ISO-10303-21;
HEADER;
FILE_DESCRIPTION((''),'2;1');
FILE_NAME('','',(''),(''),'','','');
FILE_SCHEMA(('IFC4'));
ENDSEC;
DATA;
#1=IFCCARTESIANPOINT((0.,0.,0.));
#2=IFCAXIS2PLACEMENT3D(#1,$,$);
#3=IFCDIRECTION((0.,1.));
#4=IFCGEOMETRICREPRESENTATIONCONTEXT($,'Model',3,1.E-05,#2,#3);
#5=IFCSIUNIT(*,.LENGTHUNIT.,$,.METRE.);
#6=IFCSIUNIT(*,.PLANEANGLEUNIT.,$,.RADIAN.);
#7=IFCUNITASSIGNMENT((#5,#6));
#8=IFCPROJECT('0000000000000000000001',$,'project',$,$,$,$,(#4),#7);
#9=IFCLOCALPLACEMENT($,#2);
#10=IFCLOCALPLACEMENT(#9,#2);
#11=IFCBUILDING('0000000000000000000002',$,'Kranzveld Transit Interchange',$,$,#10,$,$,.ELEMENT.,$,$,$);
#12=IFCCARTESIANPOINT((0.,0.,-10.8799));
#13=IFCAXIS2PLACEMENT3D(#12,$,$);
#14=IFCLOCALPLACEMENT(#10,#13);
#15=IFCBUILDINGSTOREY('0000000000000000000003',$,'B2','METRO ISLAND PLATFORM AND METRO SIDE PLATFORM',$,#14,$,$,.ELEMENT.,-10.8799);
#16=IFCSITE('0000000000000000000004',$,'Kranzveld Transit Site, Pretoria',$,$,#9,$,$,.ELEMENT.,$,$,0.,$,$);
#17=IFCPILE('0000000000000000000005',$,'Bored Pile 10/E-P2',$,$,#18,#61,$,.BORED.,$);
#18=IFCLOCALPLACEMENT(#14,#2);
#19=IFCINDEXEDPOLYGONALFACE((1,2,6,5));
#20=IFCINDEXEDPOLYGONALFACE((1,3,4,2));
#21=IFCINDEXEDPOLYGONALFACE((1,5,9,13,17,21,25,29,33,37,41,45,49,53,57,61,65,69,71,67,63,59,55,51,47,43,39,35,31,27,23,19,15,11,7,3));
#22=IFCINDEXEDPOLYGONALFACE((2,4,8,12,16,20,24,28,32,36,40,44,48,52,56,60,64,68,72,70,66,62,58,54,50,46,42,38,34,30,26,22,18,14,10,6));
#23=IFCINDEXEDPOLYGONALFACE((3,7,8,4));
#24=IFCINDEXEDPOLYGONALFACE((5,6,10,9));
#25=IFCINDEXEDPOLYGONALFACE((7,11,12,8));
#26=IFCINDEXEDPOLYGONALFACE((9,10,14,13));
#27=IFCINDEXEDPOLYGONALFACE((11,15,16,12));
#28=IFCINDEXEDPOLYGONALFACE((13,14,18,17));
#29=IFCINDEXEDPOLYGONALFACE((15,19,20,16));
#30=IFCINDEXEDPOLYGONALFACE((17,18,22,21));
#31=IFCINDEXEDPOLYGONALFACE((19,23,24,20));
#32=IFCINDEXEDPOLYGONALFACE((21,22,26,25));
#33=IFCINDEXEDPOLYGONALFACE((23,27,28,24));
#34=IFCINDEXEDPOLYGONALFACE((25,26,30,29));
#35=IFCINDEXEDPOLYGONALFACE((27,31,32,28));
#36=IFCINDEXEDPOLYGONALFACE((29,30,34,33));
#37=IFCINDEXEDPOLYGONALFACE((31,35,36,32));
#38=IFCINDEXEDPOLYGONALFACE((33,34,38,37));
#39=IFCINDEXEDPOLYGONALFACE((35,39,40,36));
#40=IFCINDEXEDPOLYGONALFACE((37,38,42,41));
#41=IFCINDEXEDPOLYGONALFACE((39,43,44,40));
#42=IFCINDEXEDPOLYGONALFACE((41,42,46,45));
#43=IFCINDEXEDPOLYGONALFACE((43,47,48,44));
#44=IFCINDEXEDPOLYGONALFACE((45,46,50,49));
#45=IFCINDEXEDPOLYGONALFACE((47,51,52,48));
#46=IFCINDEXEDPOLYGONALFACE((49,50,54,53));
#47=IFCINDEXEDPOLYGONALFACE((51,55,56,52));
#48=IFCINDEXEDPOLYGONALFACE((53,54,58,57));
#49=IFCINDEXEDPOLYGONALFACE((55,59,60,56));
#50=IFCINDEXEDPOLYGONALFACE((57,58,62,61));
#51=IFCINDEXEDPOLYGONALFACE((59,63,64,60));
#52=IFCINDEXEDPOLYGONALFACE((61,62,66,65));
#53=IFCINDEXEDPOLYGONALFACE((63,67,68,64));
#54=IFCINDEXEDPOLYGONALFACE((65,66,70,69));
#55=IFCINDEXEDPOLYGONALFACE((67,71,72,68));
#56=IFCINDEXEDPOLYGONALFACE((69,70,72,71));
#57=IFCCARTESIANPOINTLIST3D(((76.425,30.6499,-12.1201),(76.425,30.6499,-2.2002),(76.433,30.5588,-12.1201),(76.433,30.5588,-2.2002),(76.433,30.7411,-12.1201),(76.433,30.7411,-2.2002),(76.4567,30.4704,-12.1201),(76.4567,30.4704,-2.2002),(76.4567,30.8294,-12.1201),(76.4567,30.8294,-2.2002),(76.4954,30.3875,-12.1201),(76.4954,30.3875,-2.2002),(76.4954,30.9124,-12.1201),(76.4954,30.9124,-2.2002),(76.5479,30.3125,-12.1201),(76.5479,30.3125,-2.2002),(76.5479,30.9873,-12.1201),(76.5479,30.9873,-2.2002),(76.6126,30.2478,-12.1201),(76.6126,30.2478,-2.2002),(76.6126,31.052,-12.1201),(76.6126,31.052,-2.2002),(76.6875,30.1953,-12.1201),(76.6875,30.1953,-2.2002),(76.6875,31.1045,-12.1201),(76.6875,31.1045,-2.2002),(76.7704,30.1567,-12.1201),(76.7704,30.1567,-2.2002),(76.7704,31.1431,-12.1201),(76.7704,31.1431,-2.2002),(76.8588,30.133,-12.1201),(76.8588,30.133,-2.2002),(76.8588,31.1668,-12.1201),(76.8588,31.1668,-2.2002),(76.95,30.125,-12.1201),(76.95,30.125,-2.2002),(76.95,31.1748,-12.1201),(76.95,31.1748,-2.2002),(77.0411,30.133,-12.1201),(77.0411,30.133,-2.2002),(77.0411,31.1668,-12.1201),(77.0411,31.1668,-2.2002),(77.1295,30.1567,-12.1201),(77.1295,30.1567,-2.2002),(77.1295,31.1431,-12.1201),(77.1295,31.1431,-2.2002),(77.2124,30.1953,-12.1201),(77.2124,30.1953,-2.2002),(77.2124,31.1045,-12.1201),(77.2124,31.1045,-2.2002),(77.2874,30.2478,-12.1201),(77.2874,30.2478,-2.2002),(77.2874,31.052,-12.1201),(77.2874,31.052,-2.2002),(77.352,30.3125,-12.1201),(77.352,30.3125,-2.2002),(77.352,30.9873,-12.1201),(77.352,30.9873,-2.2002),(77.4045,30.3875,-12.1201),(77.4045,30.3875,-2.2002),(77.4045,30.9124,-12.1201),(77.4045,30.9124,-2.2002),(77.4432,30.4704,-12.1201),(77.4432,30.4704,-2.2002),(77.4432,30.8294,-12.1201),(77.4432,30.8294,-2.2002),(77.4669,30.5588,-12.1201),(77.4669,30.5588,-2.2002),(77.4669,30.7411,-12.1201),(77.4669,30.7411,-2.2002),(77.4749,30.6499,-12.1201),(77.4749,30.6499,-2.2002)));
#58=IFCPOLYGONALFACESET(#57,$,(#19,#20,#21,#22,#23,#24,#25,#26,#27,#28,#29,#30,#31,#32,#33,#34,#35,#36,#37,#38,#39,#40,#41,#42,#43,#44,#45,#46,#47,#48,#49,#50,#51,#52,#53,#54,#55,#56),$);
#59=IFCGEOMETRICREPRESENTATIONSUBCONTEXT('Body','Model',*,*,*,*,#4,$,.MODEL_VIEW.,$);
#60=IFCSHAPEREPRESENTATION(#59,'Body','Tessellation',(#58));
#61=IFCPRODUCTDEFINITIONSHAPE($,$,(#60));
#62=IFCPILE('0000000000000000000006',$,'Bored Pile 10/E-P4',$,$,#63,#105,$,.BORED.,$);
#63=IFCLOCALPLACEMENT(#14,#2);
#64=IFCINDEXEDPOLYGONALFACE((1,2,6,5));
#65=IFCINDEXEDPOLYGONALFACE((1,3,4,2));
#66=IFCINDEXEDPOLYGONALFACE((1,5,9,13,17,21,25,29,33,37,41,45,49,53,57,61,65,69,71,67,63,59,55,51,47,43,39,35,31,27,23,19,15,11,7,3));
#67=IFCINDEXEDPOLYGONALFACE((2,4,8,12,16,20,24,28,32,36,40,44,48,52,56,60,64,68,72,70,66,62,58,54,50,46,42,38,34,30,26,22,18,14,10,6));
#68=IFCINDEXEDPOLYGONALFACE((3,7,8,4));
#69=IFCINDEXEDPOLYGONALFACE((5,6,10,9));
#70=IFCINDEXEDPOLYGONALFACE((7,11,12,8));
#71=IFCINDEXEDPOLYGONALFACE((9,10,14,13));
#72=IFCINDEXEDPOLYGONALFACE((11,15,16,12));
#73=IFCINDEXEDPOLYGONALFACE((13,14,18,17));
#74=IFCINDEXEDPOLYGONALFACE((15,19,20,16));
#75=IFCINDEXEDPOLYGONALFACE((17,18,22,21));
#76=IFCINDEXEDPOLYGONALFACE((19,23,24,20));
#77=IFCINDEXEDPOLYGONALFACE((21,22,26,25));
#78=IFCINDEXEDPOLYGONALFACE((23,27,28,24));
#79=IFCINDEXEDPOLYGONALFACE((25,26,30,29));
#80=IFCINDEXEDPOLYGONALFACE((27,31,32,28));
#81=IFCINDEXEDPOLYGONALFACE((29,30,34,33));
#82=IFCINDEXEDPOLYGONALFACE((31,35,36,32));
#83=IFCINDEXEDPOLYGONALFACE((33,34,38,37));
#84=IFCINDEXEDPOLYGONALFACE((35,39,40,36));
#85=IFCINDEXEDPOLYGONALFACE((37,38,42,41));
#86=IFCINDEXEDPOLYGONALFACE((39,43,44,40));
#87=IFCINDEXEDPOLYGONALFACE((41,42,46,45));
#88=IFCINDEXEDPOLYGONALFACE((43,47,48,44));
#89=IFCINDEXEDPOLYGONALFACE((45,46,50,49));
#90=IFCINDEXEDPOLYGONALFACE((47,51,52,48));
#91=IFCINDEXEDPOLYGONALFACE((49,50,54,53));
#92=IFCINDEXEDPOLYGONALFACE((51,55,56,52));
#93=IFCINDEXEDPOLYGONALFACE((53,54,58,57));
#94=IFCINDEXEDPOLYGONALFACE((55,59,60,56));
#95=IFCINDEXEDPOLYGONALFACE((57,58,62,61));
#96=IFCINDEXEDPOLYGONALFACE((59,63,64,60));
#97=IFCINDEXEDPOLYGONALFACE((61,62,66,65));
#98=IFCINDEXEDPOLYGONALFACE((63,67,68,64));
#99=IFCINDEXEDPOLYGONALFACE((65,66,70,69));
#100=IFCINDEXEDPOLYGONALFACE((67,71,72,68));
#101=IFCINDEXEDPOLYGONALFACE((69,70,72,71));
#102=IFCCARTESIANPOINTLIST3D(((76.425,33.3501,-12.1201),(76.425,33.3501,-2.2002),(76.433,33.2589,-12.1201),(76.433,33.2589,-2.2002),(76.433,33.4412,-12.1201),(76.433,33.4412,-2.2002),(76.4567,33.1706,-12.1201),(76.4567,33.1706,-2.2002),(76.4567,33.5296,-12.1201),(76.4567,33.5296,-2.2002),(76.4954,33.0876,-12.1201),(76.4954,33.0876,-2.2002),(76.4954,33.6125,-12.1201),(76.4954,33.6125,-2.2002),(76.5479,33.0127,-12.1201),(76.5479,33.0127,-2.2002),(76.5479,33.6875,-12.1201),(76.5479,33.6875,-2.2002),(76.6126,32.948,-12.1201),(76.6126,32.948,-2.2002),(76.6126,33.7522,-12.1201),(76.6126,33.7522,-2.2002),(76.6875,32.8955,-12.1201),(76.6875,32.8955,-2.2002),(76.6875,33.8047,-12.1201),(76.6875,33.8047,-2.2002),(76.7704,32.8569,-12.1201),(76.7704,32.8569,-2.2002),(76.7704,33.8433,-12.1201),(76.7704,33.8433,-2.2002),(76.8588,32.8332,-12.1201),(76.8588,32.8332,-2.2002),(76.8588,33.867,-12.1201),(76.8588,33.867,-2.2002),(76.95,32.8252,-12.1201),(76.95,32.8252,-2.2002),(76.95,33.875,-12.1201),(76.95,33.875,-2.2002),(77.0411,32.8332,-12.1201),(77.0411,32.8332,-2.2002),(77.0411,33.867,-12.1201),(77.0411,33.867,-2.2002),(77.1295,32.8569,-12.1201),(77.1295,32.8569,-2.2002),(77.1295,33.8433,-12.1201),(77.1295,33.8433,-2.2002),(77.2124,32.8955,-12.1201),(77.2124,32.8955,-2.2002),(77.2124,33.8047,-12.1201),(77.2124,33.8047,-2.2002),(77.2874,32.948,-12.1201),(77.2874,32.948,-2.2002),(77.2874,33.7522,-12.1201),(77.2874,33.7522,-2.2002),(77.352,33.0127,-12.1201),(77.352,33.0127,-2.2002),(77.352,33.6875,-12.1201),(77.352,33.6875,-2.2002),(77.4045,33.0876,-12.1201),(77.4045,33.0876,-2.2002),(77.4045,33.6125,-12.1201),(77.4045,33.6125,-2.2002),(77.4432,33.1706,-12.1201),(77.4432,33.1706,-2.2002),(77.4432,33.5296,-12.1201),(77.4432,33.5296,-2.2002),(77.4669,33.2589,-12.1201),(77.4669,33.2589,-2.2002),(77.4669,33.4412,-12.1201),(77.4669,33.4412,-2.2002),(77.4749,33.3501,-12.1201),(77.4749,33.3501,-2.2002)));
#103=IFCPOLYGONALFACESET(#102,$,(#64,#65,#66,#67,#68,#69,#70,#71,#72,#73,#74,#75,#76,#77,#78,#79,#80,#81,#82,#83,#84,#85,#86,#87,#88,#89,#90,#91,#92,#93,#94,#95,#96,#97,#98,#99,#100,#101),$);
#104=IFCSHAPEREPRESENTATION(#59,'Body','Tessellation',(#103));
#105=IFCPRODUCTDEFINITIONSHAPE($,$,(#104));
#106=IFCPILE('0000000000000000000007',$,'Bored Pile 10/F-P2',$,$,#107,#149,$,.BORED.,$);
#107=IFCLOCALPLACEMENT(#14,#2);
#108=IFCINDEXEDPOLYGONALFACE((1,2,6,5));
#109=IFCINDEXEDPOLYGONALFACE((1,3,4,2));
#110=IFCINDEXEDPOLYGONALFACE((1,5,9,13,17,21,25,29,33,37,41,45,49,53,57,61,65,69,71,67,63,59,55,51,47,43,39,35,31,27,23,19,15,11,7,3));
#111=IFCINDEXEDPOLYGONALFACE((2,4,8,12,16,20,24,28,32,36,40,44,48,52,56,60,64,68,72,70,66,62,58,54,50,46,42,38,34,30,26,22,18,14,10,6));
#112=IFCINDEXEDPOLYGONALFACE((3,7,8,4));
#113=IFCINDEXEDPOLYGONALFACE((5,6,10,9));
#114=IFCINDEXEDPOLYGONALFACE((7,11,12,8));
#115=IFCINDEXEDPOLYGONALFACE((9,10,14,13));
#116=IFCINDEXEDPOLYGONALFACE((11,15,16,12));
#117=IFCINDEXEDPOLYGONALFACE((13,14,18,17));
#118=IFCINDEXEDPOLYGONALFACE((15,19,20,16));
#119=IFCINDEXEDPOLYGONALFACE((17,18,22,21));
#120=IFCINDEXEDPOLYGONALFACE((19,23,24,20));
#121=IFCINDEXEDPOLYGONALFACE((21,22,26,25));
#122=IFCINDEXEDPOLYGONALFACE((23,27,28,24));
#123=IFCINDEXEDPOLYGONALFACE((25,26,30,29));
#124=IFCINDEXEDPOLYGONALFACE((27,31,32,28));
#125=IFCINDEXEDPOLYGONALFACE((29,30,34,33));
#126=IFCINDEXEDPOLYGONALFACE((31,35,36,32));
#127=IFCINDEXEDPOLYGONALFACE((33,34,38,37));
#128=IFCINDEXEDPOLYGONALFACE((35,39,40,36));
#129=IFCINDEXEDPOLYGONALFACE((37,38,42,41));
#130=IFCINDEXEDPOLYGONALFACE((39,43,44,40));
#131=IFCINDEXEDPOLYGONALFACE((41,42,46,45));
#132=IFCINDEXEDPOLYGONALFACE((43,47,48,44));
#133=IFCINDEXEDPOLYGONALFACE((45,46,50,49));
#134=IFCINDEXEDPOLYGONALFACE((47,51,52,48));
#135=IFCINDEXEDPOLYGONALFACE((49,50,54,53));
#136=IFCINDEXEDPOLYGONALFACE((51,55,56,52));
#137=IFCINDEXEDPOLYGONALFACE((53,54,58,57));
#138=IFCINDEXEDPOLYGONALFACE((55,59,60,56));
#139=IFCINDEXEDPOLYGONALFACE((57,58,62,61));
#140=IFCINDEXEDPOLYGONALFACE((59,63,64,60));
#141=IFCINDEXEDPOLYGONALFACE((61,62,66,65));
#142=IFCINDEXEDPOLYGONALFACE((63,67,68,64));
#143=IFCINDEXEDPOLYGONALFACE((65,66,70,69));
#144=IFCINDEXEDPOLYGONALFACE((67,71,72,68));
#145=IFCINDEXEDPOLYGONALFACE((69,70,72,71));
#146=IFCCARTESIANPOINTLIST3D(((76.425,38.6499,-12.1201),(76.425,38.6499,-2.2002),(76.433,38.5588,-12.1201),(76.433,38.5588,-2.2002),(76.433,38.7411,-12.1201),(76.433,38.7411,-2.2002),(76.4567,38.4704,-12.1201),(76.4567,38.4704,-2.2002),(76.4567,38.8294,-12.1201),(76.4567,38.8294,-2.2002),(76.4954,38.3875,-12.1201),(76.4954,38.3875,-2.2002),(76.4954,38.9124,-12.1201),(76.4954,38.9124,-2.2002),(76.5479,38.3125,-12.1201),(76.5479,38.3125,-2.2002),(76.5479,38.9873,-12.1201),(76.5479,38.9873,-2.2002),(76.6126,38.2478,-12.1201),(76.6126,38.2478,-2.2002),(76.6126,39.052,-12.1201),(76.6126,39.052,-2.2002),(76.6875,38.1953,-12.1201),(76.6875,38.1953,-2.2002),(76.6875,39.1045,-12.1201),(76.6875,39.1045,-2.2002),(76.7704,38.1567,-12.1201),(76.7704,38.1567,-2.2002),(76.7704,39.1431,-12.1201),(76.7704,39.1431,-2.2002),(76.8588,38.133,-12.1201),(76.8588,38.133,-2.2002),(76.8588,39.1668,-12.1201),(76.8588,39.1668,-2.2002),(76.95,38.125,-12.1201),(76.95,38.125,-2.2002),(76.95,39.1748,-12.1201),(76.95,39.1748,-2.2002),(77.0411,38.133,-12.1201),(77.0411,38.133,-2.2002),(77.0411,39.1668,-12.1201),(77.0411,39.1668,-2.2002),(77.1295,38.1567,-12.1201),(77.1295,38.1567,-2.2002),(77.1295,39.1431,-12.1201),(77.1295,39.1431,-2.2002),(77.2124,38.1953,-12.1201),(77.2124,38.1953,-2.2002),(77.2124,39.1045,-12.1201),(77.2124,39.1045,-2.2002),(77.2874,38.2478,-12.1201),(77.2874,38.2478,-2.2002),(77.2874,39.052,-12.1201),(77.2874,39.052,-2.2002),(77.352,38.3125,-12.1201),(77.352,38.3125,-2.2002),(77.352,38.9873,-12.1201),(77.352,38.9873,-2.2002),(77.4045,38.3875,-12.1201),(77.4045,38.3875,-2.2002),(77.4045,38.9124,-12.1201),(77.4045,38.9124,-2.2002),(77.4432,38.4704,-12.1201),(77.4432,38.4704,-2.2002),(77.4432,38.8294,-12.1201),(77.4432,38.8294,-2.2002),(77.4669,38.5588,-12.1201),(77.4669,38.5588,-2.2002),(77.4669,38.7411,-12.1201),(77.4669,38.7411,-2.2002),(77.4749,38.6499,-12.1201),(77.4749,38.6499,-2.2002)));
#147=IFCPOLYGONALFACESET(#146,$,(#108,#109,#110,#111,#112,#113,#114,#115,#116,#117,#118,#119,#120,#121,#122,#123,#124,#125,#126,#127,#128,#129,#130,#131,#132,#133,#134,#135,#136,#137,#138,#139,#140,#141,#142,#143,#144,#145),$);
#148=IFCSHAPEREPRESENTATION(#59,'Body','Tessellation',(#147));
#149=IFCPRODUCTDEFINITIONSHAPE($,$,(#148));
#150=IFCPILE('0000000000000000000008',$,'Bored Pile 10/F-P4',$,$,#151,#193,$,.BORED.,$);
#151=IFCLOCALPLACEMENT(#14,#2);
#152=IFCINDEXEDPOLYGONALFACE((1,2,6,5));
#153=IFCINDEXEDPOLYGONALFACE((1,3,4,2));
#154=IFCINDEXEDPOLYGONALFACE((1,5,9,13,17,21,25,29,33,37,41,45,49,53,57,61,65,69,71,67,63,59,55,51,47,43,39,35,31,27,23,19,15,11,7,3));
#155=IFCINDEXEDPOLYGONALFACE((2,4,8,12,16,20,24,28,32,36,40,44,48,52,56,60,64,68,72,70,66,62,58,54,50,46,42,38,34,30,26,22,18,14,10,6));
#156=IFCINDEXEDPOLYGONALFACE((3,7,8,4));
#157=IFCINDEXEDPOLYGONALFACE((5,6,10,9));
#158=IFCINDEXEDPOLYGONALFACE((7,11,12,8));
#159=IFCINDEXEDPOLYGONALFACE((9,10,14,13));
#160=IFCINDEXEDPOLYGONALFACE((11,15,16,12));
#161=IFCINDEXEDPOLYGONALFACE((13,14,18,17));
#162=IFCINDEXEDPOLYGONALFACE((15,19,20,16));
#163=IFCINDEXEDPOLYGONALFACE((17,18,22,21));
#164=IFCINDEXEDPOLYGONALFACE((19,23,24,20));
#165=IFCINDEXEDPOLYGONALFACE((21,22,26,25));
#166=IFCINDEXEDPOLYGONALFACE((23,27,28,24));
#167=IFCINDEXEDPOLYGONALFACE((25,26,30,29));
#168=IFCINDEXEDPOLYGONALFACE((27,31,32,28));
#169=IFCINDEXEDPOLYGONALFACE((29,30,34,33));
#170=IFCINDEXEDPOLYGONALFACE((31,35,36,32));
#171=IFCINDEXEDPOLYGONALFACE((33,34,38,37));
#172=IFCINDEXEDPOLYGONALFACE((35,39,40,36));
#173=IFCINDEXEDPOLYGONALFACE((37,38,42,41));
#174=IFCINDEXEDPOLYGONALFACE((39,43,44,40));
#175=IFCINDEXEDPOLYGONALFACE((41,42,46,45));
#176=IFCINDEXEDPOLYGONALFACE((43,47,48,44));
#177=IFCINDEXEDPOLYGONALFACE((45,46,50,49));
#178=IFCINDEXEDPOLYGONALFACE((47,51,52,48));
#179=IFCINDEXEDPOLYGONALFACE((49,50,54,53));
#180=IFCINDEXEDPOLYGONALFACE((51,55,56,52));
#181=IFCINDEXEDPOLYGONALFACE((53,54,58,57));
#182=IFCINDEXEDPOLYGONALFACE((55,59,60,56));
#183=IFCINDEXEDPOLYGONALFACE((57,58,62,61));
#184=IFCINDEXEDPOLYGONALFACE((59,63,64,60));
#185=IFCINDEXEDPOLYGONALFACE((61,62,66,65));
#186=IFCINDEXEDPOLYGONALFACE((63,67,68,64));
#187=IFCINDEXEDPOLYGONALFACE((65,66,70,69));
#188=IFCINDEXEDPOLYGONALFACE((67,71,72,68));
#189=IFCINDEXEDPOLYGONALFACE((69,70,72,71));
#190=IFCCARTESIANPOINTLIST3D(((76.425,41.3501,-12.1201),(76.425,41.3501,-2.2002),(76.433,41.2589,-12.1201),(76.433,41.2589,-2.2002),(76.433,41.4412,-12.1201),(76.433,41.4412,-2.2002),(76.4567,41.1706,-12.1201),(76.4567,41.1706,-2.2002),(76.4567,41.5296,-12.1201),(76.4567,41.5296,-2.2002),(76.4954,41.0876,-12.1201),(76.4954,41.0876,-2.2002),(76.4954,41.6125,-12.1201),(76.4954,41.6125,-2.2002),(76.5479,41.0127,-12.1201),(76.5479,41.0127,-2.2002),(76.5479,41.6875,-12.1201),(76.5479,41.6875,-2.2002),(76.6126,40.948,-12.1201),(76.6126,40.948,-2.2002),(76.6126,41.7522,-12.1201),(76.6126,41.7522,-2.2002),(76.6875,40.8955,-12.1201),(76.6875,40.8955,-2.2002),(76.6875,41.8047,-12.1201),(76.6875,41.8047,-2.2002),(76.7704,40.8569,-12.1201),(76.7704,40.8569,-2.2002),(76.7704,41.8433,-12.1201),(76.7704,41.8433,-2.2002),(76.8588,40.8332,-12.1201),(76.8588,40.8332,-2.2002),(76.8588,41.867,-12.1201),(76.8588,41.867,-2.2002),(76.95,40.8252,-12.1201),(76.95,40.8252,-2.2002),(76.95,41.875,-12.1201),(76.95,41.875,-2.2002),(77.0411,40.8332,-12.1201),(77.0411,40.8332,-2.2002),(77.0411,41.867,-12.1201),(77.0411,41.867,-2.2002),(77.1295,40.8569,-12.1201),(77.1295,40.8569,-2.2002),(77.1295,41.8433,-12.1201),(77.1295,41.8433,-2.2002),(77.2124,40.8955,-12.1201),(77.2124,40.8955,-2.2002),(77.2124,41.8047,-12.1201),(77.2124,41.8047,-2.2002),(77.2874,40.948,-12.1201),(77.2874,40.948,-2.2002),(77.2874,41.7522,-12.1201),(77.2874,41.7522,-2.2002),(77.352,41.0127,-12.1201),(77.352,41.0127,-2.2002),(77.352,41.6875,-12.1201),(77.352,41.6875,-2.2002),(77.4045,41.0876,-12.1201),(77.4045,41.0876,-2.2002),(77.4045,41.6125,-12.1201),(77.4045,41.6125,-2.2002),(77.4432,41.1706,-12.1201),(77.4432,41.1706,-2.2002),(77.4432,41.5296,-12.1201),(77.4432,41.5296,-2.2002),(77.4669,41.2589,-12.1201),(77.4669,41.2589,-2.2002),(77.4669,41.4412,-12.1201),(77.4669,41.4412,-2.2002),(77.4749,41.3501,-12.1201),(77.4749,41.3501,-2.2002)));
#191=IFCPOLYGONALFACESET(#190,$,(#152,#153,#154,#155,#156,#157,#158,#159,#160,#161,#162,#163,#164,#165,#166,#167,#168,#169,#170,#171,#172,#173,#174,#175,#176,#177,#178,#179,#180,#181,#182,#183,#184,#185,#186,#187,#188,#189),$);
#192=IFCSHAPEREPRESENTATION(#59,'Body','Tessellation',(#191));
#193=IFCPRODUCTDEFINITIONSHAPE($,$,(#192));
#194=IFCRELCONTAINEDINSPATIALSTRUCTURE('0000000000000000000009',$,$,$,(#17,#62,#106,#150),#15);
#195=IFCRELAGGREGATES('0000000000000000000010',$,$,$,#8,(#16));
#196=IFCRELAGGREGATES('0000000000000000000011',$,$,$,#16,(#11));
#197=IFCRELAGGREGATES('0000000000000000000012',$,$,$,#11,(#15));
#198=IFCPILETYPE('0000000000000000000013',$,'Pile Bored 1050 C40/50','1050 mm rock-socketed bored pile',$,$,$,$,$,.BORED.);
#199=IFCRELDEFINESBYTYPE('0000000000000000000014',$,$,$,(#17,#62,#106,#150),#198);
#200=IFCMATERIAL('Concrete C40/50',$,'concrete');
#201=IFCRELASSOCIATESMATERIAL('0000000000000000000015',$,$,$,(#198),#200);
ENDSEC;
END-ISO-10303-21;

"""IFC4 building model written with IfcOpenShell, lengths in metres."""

from ifc_helpers import new_model, si_unit, direction, frame, origin, origin_2d, place, context, subcontext, project, spatial, circle, extrude, material, material_profile, profile_set, type_object, element, save


model = new_model("IFC4")

# Units and contexts
model_context = context("Model", 3, precision=1e-05, world=origin(), true_north=direction((0.0, 1.0)))
body_context = subcontext(model_context, "Body", "Model", "MODEL_VIEW")
ifc_project = project(units=[si_unit("LENGTHUNIT", "METRE"), si_unit("PLANEANGLEUNIT", "RADIAN")], contexts=[model_context])

# Site, building, storey
site_placement = place(None, origin())
site = spatial("IfcSite", under=ifc_project, at=site_placement, Name="Kranzveld Transit Site, Pretoria", CompositionType="ELEMENT", RefElevation=0.0)
building_placement = place(site_placement, origin())
building = spatial("IfcBuilding", under=site, at=building_placement, Name="Kranzveld Transit Interchange", CompositionType="ELEMENT")
storey_placement = place(building_placement, frame((0.0, 0.0, -10.8799)))
storey = spatial("IfcBuildingStorey", under=building, at=storey_placement, Name="B2", Description="METRO ISLAND PLATFORM AND METRO SIDE PLATFORM", CompositionType="ELEMENT", Elevation=-10.8799)

# Piles
ifc_material_1 = material(Name="Concrete C40/50", Category="concrete")
ifc_material_profile_1 = material_profile(ifc_material_1, circle(Radius=0.5249, at=origin_2d()), Name="BORED PILE 1050")
ifc_profile_set_1 = profile_set([ifc_material_profile_1], Name="Concrete C40/50")
pile_type = type_object("IfcPileType", Name="Pile Bored 1050 C40/50", Description="1050 mm rock-socketed bored pile", PredefinedType="BORED", material=ifc_profile_set_1)
for number, where, z_axis, x_axis, name in (
    (1, (76.95, 30.6499, -2.2002), (0.0, 0.0, -1.0), (1.0, 0.0, 0.0), "Bored Pile 10/E-P2"),
    (2, (76.95, 33.3501, -2.2002), (0.0, 0.0, -1.0), (1.0, 0.0, 0.0), "Bored Pile 10/E-P4"),
    (3, (76.95, 38.6499, -2.2002), (0.0, 0.0, -1.0), (1.0, 0.0, 0.0), "Bored Pile 10/F-P2"),
    (4, (76.95, 41.3501, -2.2002), (0.0, 0.0, -1.0), (1.0, 0.0, 0.0), "Bored Pile 10/F-P4"),
):
    element("IfcPile", number, at=place(storey_placement, frame(where, z_axis=z_axis, x_axis=x_axis)), inside=storey, type_object=pile_type, Name=name, PredefinedType="BORED", context=body_context, shape_type="SweptSolid", body=[
        extrude(circle(Radius=0.5249, at=origin_2d()), origin(), (0.0, 0.0, 1.0), 9.9199),
    ])

save(model, "model.ifc")
